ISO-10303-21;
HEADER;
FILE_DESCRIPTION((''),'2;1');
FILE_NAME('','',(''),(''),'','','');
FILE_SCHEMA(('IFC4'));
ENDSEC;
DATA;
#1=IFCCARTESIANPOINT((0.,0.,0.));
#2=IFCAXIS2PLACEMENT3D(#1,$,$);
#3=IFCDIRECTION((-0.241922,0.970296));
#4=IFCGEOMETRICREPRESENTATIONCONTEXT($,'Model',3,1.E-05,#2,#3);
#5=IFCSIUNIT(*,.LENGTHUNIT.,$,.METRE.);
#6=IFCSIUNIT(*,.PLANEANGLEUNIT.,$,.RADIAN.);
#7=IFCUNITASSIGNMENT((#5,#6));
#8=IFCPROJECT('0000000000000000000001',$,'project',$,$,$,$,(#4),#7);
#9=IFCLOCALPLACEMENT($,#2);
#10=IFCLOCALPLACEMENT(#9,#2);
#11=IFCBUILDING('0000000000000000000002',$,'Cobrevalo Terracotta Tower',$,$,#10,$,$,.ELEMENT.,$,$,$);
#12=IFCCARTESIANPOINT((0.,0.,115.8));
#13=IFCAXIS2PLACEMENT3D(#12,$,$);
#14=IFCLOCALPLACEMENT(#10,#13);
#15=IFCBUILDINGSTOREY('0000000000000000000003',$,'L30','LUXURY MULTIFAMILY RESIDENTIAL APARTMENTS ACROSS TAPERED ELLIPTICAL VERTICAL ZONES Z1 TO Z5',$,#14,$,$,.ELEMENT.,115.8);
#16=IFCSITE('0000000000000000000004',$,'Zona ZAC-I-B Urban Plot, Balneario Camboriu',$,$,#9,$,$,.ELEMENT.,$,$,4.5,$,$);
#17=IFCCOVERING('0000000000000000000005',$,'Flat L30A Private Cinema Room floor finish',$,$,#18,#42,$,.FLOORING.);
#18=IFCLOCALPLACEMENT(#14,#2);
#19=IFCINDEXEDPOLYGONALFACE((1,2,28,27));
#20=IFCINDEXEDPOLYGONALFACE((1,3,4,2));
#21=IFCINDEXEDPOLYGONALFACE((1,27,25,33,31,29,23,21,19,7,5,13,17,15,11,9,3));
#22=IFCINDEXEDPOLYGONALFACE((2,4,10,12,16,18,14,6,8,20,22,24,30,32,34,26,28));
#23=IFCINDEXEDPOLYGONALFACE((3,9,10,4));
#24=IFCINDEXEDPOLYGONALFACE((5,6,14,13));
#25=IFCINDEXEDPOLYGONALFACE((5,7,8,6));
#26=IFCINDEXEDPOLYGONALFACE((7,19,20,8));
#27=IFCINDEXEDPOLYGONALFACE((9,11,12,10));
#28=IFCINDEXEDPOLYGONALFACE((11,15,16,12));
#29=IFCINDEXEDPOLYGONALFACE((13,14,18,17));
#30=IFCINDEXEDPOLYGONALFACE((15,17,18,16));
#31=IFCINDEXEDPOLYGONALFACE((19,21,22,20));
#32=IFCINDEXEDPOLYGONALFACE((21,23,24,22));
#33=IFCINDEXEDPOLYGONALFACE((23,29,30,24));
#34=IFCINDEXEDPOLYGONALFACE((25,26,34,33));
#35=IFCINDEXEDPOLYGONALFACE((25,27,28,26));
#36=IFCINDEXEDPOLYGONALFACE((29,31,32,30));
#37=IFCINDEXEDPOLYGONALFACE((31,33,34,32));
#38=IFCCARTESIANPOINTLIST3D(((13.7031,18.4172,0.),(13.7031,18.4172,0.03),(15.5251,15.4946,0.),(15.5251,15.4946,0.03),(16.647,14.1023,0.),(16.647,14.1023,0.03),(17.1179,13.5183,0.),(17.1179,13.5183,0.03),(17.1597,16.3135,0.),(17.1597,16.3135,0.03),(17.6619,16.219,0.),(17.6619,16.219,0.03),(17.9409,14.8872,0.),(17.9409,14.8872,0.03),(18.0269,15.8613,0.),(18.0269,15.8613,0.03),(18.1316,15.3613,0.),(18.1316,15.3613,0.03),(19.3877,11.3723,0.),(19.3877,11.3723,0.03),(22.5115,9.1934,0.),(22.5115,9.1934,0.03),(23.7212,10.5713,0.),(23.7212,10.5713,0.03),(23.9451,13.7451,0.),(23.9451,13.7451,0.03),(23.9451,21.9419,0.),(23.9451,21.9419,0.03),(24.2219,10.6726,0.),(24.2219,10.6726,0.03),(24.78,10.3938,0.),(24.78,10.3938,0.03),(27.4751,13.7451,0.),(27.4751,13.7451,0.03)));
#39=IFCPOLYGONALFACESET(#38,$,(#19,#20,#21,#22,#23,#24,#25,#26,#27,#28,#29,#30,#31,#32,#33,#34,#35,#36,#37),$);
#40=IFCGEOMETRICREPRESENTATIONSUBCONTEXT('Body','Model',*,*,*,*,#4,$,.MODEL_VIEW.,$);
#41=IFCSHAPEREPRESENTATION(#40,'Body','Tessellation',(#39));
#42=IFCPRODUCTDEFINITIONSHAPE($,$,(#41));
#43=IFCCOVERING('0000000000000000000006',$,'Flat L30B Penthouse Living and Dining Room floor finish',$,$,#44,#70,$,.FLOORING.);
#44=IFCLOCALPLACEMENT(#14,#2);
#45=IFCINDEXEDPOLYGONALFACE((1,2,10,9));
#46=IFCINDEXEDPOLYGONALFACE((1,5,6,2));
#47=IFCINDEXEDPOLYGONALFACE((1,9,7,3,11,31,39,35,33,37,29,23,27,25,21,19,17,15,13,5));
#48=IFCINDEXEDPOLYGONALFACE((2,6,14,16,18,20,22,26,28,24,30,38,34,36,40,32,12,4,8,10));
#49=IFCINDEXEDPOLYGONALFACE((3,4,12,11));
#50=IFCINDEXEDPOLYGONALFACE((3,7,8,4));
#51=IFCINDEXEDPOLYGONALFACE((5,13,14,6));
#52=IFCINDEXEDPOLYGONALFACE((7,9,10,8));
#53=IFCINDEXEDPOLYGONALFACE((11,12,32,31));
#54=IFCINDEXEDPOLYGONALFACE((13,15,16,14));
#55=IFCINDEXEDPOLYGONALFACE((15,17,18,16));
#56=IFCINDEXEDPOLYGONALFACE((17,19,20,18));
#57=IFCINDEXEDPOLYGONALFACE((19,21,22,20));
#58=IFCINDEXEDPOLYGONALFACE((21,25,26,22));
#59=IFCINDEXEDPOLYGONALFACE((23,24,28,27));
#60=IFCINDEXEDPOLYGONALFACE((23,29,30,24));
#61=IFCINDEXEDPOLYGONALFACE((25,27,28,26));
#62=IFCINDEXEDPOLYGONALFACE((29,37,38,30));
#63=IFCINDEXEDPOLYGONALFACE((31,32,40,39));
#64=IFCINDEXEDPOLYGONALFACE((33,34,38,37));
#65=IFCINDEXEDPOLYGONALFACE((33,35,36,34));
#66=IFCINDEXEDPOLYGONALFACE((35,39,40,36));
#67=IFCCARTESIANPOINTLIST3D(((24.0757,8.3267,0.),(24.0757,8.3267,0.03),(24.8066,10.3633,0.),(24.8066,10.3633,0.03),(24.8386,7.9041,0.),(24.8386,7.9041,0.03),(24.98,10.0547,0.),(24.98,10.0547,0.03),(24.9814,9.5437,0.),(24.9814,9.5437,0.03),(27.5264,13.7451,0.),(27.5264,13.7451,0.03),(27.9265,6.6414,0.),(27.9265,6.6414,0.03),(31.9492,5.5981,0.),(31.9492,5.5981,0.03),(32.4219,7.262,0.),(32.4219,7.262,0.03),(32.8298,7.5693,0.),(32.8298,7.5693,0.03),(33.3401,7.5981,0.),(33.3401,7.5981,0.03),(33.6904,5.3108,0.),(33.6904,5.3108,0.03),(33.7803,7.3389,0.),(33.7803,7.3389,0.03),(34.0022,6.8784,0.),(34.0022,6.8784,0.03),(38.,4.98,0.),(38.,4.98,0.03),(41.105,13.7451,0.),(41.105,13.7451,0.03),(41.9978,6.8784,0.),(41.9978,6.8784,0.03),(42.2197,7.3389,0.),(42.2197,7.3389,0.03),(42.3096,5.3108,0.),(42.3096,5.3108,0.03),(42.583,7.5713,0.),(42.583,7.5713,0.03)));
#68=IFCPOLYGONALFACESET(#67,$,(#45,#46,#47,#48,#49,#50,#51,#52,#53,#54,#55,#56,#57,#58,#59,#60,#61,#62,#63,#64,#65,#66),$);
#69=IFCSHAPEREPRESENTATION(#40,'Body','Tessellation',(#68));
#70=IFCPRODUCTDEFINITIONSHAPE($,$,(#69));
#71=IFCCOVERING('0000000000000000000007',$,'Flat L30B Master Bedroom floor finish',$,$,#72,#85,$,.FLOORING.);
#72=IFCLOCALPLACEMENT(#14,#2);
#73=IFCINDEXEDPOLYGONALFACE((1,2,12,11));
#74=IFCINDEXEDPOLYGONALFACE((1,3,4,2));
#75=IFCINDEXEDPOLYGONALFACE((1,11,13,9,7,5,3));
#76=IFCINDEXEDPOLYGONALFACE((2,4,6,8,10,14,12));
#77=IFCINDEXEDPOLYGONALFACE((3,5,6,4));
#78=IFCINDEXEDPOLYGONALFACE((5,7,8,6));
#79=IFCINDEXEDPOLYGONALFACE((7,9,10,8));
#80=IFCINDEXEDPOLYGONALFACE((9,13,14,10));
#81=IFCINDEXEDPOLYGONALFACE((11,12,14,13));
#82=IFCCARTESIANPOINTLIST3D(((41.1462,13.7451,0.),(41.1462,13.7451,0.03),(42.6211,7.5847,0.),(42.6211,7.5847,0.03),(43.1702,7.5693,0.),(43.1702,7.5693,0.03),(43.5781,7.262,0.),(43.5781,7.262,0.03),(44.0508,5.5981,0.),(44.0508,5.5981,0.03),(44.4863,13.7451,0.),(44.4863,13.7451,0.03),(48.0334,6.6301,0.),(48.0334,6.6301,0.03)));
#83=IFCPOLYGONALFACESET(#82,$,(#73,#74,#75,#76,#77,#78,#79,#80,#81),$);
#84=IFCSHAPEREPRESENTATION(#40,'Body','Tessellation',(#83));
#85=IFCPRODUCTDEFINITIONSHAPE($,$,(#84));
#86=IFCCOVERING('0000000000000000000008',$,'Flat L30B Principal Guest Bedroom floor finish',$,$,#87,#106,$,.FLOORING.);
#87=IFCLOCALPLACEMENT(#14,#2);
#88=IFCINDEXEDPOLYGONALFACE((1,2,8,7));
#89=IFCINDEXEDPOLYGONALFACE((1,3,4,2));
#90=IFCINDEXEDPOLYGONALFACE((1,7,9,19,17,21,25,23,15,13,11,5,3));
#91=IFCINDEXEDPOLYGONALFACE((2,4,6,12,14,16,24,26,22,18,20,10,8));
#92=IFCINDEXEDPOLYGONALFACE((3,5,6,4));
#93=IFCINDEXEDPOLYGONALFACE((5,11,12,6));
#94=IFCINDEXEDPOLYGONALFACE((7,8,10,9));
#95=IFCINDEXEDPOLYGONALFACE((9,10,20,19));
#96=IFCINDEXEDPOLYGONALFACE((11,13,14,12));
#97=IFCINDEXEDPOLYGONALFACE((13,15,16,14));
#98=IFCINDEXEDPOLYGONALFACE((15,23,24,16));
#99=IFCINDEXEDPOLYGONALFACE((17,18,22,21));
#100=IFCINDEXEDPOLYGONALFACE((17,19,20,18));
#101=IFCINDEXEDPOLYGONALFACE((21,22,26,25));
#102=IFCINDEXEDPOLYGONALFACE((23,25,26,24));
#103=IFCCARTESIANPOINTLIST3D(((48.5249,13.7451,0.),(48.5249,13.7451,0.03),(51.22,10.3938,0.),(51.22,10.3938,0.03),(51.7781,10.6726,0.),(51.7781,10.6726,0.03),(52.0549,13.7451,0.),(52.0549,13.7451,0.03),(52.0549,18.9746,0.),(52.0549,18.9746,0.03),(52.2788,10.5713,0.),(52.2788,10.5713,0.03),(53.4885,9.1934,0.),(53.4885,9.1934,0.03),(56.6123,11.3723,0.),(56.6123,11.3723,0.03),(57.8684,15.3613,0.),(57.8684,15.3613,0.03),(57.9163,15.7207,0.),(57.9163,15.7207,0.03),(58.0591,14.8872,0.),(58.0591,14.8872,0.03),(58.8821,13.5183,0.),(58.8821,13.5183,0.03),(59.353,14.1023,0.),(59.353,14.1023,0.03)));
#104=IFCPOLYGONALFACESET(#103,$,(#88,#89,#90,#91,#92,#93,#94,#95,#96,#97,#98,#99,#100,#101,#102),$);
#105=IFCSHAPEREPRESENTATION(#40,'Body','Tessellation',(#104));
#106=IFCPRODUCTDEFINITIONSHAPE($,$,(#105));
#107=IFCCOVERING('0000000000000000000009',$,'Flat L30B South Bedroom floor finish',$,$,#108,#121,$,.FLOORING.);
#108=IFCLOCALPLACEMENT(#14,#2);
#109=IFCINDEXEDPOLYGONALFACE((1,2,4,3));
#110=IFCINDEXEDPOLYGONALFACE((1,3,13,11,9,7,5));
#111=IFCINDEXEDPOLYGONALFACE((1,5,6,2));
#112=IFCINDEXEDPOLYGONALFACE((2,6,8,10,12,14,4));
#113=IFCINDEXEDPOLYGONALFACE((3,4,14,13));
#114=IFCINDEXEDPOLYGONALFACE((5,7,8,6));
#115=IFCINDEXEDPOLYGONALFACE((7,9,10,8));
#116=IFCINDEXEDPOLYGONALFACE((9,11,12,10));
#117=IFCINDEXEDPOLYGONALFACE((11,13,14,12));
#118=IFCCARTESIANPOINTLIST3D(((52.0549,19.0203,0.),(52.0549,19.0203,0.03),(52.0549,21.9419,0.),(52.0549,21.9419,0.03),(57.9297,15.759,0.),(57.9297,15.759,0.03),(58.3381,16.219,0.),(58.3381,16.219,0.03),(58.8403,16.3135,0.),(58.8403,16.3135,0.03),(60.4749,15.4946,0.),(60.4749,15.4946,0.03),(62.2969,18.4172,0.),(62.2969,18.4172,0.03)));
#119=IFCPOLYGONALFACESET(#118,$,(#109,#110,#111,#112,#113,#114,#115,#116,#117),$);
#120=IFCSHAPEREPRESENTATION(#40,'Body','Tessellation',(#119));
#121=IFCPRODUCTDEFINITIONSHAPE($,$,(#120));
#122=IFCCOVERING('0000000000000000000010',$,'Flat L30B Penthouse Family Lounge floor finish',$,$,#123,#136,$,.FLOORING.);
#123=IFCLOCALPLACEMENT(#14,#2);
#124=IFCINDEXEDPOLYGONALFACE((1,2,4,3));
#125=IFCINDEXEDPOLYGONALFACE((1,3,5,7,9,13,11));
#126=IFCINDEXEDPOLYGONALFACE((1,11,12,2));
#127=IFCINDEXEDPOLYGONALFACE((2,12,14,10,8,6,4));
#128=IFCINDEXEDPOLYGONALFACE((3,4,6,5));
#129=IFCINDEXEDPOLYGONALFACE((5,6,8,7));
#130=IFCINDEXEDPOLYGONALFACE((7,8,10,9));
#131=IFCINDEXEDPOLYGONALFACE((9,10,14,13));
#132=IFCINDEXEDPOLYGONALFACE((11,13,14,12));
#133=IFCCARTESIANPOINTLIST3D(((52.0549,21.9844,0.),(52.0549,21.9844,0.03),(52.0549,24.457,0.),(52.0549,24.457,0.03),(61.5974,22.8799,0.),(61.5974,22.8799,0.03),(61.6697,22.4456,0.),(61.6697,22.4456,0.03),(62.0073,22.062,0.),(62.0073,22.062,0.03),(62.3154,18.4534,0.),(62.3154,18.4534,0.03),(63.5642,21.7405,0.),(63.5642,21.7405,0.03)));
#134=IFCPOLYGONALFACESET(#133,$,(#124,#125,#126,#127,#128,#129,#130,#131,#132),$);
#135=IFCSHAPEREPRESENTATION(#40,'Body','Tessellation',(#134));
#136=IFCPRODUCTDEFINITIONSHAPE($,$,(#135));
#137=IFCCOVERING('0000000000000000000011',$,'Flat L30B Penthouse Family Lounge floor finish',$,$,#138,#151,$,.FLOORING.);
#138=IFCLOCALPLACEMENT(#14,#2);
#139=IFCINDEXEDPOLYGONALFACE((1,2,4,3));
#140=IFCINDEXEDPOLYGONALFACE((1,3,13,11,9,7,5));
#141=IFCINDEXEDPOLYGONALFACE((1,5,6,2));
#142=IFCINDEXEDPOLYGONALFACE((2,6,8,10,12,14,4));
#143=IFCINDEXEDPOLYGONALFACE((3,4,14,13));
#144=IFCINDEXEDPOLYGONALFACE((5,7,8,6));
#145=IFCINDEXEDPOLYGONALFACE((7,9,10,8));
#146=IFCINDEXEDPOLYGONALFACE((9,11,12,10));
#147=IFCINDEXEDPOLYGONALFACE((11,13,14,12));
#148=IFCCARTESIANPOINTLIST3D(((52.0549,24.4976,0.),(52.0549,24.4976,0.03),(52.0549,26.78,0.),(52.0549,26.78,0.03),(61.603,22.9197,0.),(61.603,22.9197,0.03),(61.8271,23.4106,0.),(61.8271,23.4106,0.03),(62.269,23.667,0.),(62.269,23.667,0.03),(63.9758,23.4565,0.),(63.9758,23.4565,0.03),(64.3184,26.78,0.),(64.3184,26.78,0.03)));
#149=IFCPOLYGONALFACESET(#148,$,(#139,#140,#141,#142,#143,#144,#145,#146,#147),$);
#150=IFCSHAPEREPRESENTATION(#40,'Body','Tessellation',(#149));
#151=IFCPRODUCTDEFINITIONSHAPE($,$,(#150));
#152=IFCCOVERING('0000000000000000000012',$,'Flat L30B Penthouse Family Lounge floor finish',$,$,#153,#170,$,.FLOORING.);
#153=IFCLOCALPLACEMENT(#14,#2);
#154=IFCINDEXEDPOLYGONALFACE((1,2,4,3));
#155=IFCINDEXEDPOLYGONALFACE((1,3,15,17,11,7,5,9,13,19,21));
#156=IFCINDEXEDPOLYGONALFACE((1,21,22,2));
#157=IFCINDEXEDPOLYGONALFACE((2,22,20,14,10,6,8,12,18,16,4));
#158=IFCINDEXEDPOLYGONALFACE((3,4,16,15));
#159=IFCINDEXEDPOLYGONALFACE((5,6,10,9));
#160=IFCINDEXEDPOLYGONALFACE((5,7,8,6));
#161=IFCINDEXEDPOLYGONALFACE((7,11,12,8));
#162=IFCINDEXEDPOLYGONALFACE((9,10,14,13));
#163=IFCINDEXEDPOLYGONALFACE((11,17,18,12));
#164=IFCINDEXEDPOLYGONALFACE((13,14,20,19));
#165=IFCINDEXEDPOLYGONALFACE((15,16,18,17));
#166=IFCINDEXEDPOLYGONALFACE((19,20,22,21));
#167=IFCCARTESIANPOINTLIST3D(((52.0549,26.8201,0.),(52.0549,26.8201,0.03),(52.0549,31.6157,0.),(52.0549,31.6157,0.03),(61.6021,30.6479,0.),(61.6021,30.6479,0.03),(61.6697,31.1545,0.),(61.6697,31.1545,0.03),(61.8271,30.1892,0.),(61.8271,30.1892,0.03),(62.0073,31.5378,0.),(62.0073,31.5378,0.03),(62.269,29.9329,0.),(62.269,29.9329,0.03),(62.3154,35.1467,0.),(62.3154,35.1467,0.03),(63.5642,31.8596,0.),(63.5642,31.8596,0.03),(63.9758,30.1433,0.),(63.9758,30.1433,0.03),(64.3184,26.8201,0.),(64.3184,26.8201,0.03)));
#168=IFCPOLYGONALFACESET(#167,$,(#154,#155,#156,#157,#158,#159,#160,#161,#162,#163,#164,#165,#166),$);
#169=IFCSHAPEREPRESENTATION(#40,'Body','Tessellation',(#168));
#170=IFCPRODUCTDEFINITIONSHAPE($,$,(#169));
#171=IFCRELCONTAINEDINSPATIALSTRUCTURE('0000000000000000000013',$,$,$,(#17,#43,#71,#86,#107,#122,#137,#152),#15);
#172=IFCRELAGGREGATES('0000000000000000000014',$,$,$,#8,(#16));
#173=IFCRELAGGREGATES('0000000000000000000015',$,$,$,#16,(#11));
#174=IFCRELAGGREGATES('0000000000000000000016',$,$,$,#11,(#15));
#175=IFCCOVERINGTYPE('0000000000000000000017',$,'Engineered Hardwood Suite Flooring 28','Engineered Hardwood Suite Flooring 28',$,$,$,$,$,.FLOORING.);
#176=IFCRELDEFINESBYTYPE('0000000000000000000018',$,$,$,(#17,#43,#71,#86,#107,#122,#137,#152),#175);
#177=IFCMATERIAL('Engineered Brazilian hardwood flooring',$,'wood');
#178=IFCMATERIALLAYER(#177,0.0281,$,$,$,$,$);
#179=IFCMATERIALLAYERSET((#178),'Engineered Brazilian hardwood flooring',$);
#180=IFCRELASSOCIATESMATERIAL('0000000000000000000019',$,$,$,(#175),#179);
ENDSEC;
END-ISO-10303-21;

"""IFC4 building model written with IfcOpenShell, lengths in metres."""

from ifc_helpers import new_model, si_unit, direction, frame, origin, place, context, subcontext, project, spatial, polyline, outline, extrude, material, layer, layer_set, type_object, element, save


model = new_model("IFC4")

# Units and contexts
model_context = context("Model", 3, precision=1e-05, world=origin(), true_north=direction((-0.241922, 0.970296)))
body_context = subcontext(model_context, "Body", "Model", "MODEL_VIEW")
ifc_project = project(units=[si_unit("LENGTHUNIT", "METRE"), si_unit("PLANEANGLEUNIT", "RADIAN")], contexts=[model_context])

# Site, building, storey
site_placement = place(None, origin())
site = spatial("IfcSite", under=ifc_project, at=site_placement, Name="Zona ZAC-I-B Urban Plot, Balneario Camboriu", CompositionType="ELEMENT", RefElevation=4.5)
building_placement = place(site_placement, origin())
building = spatial("IfcBuilding", under=site, at=building_placement, Name="Cobrevalo Terracotta Tower", CompositionType="ELEMENT")
storey_placement = place(building_placement, frame((0.0, 0.0, 115.8)))
storey = spatial("IfcBuildingStorey", under=building, at=storey_placement, Name="L30", Description="LUXURY MULTIFAMILY RESIDENTIAL APARTMENTS ACROSS TAPERED ELLIPTICAL VERTICAL ZONES Z1 TO Z5", CompositionType="ELEMENT", Elevation=115.8)

# Coverings
ifc_material_1 = material(Name="Engineered Brazilian hardwood flooring", Category="wood")
ifc_layer_1 = layer(ifc_material_1, 0.0281)
ifc_layer_set_1 = layer_set([ifc_layer_1], Name="Engineered Brazilian hardwood flooring")
covering_type_1 = type_object("IfcCoveringType", Name="Engineered Hardwood Suite Flooring 28", Description="Engineered Hardwood Suite Flooring 28", PredefinedType="FLOORING", material=ifc_layer_set_1)
covering_1_placement = place(storey_placement, origin())
element("IfcCovering", 1, at=covering_1_placement, inside=storey, type_object=covering_type_1, Name="Flat L30A Private Cinema Room floor finish", PredefinedType="FLOORING", context=body_context, shape_type="SweptSolid", body=[
    extrude(outline(polyline([(16.647, 14.1023), (17.9409, 14.8872), (18.1316, 15.3613), (18.0269, 15.8613), (17.6619, 16.219), (17.1597, 16.3135), (15.5251, 15.4946), (13.7031, 18.4172), (23.9451, 21.9419), (23.9451, 13.7451), (27.4751, 13.7451), (24.78, 10.3938), (24.2219, 10.6726), (23.7212, 10.5713), (22.5115, 9.1934), (19.3877, 11.3723), (17.1179, 13.5183), (16.647, 14.1023)])), origin(), (0.0, 0.0, 1.0), 0.03),
])
covering_2_placement = place(storey_placement, origin())
element("IfcCovering", 2, at=covering_2_placement, inside=storey, type_object=covering_type_1, Name="Flat L30B Penthouse Living and Dining Room floor finish", PredefinedType="FLOORING", context=body_context, shape_type="SweptSolid", body=[
    extrude(outline(polyline([(38.0, 4.98), (33.6904, 5.3108), (34.0022, 6.8784), (33.7803, 7.3389), (33.3401, 7.5981), (32.8298, 7.5693), (32.4219, 7.262), (31.9492, 5.5981), (27.9265, 6.6414), (24.8386, 7.9041), (24.0757, 8.3267), (24.9814, 9.5437), (24.98, 10.0547), (24.8066, 10.3633), (27.5264, 13.7451), (41.105, 13.7451), (42.583, 7.5713), (42.2197, 7.3389), (41.9978, 6.8784), (42.3096, 5.3108), (38.0, 4.98)])), origin(), (0.0, 0.0, 1.0), 0.03),
])
covering_3_placement = place(storey_placement, origin())
element("IfcCovering", 3, at=covering_3_placement, inside=storey, type_object=covering_type_1, Name="Flat L30B Master Bedroom floor finish", PredefinedType="FLOORING", context=body_context, shape_type="SweptSolid", body=[
    extrude(outline(polyline([(44.0508, 5.5981), (43.5781, 7.262), (43.1702, 7.5693), (42.6211, 7.5847), (41.1462, 13.7451), (44.4863, 13.7451), (48.0334, 6.6301), (44.0508, 5.5981)])), origin(), (0.0, 0.0, 1.0), 0.03),
])
covering_4_placement = place(storey_placement, origin())
element("IfcCovering", 4, at=covering_4_placement, inside=storey, type_object=covering_type_1, Name="Flat L30B Principal Guest Bedroom floor finish", PredefinedType="FLOORING", context=body_context, shape_type="SweptSolid", body=[
    extrude(outline(polyline([(56.6123, 11.3723), (53.4885, 9.1934), (52.2788, 10.5713), (51.7781, 10.6726), (51.22, 10.3938), (48.5249, 13.7451), (52.0549, 13.7451), (52.0549, 18.9746), (57.9163, 15.7207), (57.8684, 15.3613), (58.0591, 14.8872), (59.353, 14.1023), (58.8821, 13.5183), (56.6123, 11.3723)])), origin(), (0.0, 0.0, 1.0), 0.03),
])
covering_5_placement = place(storey_placement, origin())
element("IfcCovering", 5, at=covering_5_placement, inside=storey, type_object=covering_type_1, Name="Flat L30B South Bedroom floor finish", PredefinedType="FLOORING", context=body_context, shape_type="SweptSolid", body=[
    extrude(outline(polyline([(60.4749, 15.4946), (58.8403, 16.3135), (58.3381, 16.219), (57.9297, 15.759), (52.0549, 19.0203), (52.0549, 21.9419), (62.2969, 18.4172), (60.4749, 15.4946)])), origin(), (0.0, 0.0, 1.0), 0.03),
])
covering_6_placement = place(storey_placement, origin())
element("IfcCovering", 6, at=covering_6_placement, inside=storey, type_object=covering_type_1, Name="Flat L30B Penthouse Family Lounge floor finish", PredefinedType="FLOORING", context=body_context, shape_type="SweptSolid", body=[
    extrude(outline(polyline([(52.0549, 21.9844), (52.0549, 24.457), (61.5974, 22.8799), (61.6697, 22.4456), (62.0073, 22.062), (63.5642, 21.7405), (62.3154, 18.4534), (52.0549, 21.9844)])), origin(), (0.0, 0.0, 1.0), 0.03),
])
covering_7_placement = place(storey_placement, origin())
element("IfcCovering", 7, at=covering_7_placement, inside=storey, type_object=covering_type_1, Name="Flat L30B Penthouse Family Lounge floor finish", PredefinedType="FLOORING", context=body_context, shape_type="SweptSolid", body=[
    extrude(outline(polyline([(64.3184, 26.78), (63.9758, 23.4565), (62.269, 23.667), (61.8271, 23.4106), (61.603, 22.9197), (52.0549, 24.4976), (52.0549, 26.78), (64.3184, 26.78)])), origin(), (0.0, 0.0, 1.0), 0.03),
])
covering_8_placement = place(storey_placement, origin())
element("IfcCovering", 8, at=covering_8_placement, inside=storey, type_object=covering_type_1, Name="Flat L30B Penthouse Family Lounge floor finish", PredefinedType="FLOORING", context=body_context, shape_type="SweptSolid", body=[
    extrude(outline(polyline([(62.3154, 35.1467), (63.5642, 31.8596), (62.0073, 31.5378), (61.6697, 31.1545), (61.6021, 30.6479), (61.8271, 30.1892), (62.269, 29.9329), (63.9758, 30.1433), (64.3184, 26.8201), (52.0549, 26.8201), (52.0549, 31.6157), (62.3154, 35.1467)])), origin(), (0.0, 0.0, 1.0), 0.03),
])

save(model, "model.ifc")
